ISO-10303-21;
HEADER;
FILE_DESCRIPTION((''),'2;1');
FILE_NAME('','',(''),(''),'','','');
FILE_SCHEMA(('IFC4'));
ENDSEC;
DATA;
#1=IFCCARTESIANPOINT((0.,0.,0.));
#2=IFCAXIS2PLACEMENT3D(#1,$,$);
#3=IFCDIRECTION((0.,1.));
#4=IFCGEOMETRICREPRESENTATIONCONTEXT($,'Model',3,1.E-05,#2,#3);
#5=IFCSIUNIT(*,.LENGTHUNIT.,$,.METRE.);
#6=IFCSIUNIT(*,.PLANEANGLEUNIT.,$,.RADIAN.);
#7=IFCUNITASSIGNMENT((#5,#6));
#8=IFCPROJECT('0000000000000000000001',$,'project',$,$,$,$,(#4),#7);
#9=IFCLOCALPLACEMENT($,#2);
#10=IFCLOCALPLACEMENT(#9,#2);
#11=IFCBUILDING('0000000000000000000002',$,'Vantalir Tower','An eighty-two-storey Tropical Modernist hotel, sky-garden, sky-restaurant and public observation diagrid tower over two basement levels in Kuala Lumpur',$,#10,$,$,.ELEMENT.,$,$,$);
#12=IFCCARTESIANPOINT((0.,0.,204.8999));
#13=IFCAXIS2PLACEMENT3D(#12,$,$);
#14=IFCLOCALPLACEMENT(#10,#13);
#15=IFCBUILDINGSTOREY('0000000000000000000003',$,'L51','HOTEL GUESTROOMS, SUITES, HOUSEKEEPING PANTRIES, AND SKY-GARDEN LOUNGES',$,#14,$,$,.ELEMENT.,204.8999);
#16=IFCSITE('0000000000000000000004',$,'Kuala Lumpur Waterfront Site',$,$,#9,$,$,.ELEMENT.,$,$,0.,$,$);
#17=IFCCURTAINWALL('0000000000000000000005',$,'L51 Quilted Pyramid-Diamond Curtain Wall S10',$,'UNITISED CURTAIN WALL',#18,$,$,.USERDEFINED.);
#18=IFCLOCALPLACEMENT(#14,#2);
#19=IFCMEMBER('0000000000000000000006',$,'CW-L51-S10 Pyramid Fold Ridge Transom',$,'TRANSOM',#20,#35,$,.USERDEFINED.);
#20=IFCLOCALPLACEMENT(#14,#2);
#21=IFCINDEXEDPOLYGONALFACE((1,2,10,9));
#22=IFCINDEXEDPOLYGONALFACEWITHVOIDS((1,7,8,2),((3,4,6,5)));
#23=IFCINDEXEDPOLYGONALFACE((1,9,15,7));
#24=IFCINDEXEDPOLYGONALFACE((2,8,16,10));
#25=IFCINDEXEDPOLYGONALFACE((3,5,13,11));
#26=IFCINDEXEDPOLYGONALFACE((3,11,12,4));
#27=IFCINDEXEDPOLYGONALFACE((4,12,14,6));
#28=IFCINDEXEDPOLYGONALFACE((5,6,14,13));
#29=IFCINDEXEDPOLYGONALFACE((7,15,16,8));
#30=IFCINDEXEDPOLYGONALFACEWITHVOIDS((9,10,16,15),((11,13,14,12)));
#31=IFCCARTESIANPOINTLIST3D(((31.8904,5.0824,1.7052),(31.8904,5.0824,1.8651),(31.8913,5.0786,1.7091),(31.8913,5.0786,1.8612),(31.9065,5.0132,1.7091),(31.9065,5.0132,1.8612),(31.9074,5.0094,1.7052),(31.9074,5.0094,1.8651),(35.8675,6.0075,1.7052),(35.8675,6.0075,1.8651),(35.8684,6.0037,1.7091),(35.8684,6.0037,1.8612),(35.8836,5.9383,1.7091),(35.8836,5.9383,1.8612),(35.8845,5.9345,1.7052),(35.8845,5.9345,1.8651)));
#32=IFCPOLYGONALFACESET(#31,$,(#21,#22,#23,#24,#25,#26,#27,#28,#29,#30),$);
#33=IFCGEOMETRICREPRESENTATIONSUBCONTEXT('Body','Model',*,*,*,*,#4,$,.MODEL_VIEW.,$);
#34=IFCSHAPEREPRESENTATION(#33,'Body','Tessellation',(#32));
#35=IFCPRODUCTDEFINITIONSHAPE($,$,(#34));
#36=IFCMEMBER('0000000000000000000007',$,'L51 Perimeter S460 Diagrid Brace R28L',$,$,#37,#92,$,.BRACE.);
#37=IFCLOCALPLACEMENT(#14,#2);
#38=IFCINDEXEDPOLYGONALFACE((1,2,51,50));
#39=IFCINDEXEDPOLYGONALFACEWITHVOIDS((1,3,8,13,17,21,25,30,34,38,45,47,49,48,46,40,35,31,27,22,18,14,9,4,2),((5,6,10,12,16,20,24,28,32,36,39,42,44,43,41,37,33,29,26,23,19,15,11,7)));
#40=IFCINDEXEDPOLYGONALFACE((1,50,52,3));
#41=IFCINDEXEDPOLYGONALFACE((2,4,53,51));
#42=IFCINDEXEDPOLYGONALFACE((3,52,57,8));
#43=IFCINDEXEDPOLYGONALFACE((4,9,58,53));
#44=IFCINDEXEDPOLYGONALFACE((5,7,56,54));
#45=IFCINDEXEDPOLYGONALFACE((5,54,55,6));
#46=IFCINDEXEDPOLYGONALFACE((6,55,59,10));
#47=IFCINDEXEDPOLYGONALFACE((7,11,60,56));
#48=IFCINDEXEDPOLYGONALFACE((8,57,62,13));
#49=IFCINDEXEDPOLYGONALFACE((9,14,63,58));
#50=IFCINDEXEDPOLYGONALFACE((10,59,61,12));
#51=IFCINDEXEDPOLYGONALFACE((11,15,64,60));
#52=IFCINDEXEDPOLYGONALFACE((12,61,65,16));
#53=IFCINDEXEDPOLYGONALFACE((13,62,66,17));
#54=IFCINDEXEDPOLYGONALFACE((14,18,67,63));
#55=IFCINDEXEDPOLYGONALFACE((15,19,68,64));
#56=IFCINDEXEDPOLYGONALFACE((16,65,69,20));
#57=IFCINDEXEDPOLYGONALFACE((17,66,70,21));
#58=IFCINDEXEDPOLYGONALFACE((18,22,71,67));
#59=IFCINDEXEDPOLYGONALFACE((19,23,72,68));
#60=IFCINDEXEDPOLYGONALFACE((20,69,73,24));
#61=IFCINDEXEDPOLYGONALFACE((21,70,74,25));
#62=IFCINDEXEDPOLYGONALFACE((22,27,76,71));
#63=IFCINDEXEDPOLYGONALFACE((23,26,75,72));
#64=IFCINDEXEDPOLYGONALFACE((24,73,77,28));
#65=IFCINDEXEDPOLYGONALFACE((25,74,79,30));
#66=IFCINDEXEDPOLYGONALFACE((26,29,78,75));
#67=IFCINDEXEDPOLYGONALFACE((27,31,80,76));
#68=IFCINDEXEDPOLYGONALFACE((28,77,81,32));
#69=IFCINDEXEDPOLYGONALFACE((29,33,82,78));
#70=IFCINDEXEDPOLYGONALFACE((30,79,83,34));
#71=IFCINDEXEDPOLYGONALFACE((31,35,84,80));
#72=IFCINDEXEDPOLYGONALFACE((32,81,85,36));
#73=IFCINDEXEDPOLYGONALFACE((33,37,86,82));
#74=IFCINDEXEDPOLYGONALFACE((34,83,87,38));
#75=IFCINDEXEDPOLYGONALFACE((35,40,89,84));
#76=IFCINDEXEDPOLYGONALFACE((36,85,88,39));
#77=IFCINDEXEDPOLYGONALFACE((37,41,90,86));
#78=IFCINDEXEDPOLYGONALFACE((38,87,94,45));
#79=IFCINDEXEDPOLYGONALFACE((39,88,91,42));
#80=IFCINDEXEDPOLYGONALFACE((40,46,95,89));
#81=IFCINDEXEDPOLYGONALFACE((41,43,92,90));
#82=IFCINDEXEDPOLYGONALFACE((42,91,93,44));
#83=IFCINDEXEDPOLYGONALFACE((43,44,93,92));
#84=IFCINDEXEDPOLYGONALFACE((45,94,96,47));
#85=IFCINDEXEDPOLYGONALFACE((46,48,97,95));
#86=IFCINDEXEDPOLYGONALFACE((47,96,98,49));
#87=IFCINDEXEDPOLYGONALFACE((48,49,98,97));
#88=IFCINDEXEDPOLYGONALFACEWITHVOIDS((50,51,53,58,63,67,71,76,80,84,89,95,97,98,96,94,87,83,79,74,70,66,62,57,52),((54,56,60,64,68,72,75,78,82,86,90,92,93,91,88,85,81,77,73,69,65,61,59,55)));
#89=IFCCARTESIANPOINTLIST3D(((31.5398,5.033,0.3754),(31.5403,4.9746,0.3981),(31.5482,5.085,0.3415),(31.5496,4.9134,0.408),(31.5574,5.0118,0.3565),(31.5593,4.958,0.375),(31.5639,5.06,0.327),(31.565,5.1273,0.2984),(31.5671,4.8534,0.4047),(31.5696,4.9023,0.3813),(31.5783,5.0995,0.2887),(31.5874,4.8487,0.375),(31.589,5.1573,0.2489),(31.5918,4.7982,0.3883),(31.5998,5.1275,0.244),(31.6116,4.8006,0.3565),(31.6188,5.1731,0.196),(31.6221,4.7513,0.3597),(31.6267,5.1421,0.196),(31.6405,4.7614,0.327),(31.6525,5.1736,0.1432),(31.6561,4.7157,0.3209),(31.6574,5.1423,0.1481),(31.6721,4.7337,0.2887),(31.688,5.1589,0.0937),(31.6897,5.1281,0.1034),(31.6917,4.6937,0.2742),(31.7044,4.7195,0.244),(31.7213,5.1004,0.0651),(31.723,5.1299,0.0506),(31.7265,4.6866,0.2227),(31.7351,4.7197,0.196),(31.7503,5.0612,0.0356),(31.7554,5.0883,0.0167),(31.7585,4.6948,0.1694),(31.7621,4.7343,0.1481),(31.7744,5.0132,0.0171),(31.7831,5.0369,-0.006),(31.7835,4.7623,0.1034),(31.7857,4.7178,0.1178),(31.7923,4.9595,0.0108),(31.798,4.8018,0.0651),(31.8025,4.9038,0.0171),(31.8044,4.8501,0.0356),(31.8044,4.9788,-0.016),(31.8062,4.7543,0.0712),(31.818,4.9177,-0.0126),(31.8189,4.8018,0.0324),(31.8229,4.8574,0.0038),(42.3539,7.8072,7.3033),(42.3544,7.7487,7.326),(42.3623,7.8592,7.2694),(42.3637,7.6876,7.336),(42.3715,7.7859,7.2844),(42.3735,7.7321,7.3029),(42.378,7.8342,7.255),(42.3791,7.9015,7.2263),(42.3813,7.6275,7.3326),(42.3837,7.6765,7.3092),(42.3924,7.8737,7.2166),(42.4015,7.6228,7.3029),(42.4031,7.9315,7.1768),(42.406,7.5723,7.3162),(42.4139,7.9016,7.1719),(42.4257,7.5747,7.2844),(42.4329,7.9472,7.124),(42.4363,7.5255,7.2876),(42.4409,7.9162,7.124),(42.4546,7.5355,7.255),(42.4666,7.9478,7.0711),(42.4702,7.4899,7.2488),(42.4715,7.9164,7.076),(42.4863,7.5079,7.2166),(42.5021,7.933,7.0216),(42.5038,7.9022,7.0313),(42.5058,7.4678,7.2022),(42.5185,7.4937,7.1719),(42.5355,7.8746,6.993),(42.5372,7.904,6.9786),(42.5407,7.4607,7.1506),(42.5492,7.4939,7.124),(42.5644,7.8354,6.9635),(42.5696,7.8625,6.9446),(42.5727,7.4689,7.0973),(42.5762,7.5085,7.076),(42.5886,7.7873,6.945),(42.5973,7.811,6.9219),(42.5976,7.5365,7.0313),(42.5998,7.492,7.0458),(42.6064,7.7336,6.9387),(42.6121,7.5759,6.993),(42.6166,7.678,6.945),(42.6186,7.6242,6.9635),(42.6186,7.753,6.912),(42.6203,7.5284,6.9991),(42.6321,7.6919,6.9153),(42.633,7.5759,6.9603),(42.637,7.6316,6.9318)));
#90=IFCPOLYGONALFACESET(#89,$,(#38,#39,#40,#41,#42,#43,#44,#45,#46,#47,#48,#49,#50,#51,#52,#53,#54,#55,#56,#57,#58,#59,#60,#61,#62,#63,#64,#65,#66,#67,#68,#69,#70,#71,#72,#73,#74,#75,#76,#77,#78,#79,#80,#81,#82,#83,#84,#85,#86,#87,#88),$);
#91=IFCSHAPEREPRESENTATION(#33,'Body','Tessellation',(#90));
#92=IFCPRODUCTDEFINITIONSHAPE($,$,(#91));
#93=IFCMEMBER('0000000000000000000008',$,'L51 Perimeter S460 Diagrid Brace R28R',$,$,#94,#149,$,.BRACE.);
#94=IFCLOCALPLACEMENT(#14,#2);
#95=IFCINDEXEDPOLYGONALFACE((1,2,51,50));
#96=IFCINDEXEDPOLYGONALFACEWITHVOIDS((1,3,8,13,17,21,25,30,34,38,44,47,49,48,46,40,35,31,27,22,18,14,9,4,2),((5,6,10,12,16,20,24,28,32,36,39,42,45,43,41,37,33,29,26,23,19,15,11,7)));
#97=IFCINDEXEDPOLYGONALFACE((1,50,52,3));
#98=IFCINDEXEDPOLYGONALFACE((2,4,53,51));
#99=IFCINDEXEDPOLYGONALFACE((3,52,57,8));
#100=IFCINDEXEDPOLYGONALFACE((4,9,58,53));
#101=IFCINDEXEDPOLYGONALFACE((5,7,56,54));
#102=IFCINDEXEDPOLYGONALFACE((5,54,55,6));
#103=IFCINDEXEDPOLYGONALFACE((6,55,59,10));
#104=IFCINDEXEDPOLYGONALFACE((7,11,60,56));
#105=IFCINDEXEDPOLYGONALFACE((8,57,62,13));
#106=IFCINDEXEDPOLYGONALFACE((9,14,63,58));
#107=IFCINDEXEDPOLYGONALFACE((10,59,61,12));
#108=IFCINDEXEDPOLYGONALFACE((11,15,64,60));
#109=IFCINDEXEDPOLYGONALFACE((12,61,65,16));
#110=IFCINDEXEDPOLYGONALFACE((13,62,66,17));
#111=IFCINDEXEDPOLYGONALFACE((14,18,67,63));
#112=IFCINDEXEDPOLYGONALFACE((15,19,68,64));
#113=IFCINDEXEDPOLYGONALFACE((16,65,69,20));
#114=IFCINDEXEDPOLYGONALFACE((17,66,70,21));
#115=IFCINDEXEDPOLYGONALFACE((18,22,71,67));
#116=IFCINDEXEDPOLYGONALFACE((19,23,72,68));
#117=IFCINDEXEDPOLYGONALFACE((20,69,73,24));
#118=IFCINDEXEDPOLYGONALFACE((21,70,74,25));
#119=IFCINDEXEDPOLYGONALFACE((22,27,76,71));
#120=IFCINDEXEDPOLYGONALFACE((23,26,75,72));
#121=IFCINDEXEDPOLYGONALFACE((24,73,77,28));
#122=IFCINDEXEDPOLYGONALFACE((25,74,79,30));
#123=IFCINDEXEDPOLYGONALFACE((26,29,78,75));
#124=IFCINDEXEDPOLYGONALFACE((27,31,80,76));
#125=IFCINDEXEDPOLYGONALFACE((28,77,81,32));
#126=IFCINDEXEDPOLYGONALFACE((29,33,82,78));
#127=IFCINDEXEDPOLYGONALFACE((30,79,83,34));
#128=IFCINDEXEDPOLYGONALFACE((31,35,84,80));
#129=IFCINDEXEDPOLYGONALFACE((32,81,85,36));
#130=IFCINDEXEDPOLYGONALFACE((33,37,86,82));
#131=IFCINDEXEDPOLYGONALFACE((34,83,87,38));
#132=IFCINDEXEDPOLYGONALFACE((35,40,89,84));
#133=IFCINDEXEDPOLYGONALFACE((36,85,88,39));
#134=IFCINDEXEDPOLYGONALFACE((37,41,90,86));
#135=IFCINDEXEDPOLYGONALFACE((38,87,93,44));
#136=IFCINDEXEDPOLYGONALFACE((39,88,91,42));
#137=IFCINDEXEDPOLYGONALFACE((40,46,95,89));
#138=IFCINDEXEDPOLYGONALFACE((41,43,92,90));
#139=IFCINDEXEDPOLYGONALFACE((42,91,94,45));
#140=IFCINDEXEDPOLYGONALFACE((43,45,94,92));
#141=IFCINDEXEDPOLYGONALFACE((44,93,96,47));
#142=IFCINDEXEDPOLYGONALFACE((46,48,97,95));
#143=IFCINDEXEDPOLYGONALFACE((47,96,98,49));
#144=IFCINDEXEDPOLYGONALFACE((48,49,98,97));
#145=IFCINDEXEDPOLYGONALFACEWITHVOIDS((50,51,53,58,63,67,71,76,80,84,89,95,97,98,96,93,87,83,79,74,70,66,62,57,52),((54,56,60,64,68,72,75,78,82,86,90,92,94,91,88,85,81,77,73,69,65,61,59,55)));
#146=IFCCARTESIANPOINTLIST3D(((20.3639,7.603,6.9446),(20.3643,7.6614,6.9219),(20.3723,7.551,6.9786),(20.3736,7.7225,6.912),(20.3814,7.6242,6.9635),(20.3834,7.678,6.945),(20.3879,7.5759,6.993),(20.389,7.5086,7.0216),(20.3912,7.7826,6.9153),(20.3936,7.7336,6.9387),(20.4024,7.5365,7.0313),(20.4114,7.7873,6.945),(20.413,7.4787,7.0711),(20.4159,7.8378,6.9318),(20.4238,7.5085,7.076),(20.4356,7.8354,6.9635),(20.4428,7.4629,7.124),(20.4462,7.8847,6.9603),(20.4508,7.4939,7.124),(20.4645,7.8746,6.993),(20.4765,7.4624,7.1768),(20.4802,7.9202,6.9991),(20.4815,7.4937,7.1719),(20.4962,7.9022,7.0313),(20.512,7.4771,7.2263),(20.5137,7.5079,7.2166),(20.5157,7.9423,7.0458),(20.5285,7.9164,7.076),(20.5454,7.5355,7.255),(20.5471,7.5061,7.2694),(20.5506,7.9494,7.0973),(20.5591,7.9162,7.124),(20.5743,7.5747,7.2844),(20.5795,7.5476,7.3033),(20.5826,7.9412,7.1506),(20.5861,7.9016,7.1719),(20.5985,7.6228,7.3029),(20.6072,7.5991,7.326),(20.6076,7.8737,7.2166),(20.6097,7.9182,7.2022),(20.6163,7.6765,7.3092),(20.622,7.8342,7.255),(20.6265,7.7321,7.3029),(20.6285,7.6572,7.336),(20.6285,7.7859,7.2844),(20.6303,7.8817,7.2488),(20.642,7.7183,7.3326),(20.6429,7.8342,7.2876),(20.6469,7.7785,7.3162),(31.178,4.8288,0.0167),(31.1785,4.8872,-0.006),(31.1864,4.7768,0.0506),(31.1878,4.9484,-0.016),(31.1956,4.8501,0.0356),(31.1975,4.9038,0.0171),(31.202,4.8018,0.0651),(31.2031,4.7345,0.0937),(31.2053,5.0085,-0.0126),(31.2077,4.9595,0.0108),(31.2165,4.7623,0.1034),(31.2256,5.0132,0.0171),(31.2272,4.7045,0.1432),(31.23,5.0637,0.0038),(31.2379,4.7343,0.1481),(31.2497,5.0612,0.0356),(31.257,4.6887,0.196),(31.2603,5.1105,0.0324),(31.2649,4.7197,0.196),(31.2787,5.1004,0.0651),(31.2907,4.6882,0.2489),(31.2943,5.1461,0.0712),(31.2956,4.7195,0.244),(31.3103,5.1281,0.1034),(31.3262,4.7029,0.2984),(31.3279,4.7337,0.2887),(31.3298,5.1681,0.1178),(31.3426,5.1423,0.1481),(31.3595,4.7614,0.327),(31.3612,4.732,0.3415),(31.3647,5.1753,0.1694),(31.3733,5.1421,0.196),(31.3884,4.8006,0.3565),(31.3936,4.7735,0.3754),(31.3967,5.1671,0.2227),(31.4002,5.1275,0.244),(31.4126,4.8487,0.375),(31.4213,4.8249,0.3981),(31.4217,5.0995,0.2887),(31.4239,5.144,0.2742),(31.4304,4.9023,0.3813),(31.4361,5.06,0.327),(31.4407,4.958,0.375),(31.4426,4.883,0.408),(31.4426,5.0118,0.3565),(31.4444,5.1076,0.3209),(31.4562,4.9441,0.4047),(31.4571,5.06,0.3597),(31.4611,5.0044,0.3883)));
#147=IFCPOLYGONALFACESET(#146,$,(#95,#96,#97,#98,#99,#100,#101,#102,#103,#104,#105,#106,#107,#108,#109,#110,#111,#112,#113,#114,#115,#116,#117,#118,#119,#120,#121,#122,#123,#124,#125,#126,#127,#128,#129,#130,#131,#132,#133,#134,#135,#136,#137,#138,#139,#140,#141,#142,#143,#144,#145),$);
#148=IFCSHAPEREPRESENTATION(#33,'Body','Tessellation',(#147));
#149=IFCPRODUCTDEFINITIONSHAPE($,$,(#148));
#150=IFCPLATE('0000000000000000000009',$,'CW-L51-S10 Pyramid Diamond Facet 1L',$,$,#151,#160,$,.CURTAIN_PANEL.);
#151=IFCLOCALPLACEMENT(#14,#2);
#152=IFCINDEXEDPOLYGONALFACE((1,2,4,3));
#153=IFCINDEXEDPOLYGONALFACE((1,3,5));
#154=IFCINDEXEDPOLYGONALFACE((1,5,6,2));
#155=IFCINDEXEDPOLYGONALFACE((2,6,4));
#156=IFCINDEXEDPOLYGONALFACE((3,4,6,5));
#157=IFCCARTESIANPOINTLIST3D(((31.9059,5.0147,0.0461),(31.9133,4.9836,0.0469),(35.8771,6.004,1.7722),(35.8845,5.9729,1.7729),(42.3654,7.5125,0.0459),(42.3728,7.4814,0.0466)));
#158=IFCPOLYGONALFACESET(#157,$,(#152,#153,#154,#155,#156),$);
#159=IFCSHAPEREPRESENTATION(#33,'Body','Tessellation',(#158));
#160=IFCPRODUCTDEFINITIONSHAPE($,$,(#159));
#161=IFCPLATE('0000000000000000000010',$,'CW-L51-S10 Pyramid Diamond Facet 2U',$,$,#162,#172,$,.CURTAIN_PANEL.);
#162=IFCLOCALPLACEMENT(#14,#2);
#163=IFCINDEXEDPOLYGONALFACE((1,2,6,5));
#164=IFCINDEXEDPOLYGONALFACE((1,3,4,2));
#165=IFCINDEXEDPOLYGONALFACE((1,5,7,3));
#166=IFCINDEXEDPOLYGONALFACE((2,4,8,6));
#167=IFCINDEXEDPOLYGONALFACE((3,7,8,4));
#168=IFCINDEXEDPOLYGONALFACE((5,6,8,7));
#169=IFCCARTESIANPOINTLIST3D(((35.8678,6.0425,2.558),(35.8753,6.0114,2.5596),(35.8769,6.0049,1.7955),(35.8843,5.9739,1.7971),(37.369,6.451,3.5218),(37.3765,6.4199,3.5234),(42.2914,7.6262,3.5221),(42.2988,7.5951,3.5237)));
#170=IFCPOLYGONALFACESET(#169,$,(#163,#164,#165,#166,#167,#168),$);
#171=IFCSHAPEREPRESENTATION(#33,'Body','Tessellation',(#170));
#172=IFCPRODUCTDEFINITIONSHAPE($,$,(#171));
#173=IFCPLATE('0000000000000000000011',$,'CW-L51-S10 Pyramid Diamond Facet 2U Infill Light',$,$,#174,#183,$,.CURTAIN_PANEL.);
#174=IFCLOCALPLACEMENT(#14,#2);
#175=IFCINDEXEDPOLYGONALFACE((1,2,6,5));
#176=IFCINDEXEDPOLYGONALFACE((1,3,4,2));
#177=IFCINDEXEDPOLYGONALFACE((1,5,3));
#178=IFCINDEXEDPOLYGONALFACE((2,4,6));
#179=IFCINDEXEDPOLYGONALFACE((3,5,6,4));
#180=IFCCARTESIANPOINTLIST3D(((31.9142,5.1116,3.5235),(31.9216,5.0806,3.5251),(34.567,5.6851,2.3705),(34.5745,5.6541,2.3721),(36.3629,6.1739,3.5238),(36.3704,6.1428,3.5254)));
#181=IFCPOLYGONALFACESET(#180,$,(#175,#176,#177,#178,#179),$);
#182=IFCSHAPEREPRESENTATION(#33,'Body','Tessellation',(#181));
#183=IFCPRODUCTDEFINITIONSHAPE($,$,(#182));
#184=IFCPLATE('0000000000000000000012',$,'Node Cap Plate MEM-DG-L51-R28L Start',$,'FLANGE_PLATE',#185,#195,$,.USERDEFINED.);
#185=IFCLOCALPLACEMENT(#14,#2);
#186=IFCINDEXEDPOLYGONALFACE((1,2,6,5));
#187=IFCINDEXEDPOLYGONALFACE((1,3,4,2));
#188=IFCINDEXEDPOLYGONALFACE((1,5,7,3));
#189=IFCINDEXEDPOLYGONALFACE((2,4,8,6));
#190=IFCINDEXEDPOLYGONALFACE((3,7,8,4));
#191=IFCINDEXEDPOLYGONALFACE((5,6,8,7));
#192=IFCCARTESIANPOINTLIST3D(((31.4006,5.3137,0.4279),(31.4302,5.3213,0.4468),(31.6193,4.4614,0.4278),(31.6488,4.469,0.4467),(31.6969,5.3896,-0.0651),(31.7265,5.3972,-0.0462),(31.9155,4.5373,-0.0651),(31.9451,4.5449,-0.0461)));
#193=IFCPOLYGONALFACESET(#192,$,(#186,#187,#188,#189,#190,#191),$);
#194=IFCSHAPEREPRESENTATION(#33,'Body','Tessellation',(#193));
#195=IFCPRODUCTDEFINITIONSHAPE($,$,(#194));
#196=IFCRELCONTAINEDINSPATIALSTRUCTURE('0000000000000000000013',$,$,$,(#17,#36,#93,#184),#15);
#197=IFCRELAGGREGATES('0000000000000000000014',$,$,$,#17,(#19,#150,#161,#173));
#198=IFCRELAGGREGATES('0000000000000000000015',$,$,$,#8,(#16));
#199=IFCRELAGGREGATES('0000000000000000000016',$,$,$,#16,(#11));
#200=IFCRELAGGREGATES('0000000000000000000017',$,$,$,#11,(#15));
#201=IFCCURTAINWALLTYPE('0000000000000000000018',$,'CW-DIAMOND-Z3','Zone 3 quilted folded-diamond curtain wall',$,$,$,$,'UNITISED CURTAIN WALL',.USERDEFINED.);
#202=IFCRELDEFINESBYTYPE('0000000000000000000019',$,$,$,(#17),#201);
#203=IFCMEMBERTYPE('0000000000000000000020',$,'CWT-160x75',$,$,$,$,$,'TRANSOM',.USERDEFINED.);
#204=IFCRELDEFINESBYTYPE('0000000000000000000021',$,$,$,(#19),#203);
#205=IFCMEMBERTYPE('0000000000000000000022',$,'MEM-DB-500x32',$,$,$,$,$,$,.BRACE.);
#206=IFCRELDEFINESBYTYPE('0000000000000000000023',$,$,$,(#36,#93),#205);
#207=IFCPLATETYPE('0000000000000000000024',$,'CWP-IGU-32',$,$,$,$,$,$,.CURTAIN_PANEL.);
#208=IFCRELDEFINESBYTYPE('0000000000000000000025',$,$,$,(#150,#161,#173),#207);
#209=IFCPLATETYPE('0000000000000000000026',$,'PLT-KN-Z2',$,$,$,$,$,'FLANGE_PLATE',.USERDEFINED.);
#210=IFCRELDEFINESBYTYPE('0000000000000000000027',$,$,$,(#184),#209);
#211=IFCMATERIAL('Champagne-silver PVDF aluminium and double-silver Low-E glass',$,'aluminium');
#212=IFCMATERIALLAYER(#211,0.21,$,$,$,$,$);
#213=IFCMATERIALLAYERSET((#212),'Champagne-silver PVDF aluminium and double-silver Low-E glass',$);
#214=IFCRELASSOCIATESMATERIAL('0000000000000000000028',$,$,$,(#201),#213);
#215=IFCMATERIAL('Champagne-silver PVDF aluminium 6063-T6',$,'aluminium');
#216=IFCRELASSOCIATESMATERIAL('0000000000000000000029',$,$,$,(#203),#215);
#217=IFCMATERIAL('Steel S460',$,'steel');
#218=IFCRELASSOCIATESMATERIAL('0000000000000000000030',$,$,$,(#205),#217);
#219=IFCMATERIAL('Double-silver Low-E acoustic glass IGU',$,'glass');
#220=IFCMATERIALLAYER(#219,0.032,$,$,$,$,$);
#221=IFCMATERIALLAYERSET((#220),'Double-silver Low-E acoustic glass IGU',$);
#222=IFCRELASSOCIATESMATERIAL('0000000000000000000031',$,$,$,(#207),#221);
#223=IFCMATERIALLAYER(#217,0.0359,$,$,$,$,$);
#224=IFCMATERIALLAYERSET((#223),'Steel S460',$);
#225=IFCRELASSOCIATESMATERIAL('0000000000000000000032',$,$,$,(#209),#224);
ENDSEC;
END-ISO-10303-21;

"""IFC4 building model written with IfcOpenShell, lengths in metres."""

from ifc_helpers import new_model, si_unit, direction, frame, origin, origin_2d, place, context, subcontext, project, spatial, polyline, hollow_rectangle, hollow_circle, outline, extrude, material, layer, layer_set, material_profile, profile_set, type_object, element, aggregate, save


model = new_model("IFC4")

# Units and contexts
model_context = context("Model", 3, precision=1e-05, world=origin(), true_north=direction((0.0, 1.0)))
body_context = subcontext(model_context, "Body", "Model", "MODEL_VIEW")
ifc_project = project(units=[si_unit("LENGTHUNIT", "METRE"), si_unit("PLANEANGLEUNIT", "RADIAN")], contexts=[model_context])

# Site, building, storey
site_placement = place(None, origin())
site = spatial("IfcSite", under=ifc_project, at=site_placement, Name="Kuala Lumpur Waterfront Site", CompositionType="ELEMENT", RefElevation=0.0)
building_placement = place(site_placement, origin())
building = spatial("IfcBuilding", under=site, at=building_placement, Name="Vantalir Tower", Description="An eighty-two-storey Tropical Modernist hotel, sky-garden, sky-restaurant and public observation diagrid tower over two basement levels in Kuala Lumpur", CompositionType="ELEMENT")
storey_placement = place(building_placement, frame((0.0, 0.0, 204.8999)))
storey = spatial("IfcBuildingStorey", under=building, at=storey_placement, Name="L51", Description="HOTEL GUESTROOMS, SUITES, HOUSEKEEPING PANTRIES, AND SKY-GARDEN LOUNGES", CompositionType="ELEMENT", Elevation=204.8999)

# Shared definitions
ifc_material_1 = material(Name="Steel S460", Category="steel")

# Shared definitions
ifc_material_2 = material(Name="Champagne-silver PVDF aluminium and double-silver Low-E glass", Category="aluminium")
ifc_layer_1 = layer(ifc_material_2, 0.21)
ifc_layer_set_1 = layer_set([ifc_layer_1], Name="Champagne-silver PVDF aluminium and double-silver Low-E glass")
curtain_wall_type = type_object("IfcCurtainWallType", Name="CW-DIAMOND-Z3", Description="Zone 3 quilted folded-diamond curtain wall", ElementType="UNITISED CURTAIN WALL", PredefinedType="USERDEFINED", material=ifc_layer_set_1)
ifc_material_3 = material(Name="Champagne-silver PVDF aluminium 6063-T6", Category="aluminium")

# Curtain wall, member
curtain_wall_1_placement = place(storey_placement, origin())
curtain_wall_1 = element("IfcCurtainWall", 1, at=curtain_wall_1_placement, inside=storey, type_object=curtain_wall_type, Name="L51 Quilted Pyramid-Diamond Curtain Wall S10", ObjectType="UNITISED CURTAIN WALL", PredefinedType="USERDEFINED")
ifc_material_profile_1 = material_profile(ifc_material_3, hollow_rectangle(XDim=0.075, YDim=0.1599, WallThickness=0.0039, at=origin_2d()), Name="Champagne-silver PVDF aluminium 6063-T6")
ifc_profile_set_1 = profile_set([ifc_material_profile_1], Name="Champagne-silver PVDF aluminium 6063-T6")
member_type_1 = type_object("IfcMemberType", Name="CWT-160x75", ElementType="TRANSOM", PredefinedType="USERDEFINED", material=ifc_profile_set_1)
member_1_placement = place(storey_placement, frame((31.8989, 5.0459, 1.7852), z_axis=(0.974, 0.226549, 0.0), x_axis=(-0.226549, 0.974, 0.0)))
member_1 = element("IfcMember", 2, at=member_1_placement, type_object=member_type_1, Name="CW-L51-S10 Pyramid Fold Ridge Transom", ObjectType="TRANSOM", PredefinedType="USERDEFINED", context=body_context, shape_type="SweptSolid", body=[
    extrude(hollow_rectangle(XDim=0.075, YDim=0.1599, WallThickness=0.0039, at=origin_2d()), origin(), (0.0, 0.0, 1.0), 4.0833),
])

# Members
ifc_material_profile_2 = material_profile(ifc_material_1, hollow_circle(Radius=0.25, WallThickness=0.032, at=origin_2d()), Name="Steel S460")
ifc_profile_set_2 = profile_set([ifc_material_profile_2], Name="Steel S460")
member_type_2 = type_object("IfcMemberType", Name="MEM-DB-500x32", PredefinedType="BRACE", material=ifc_profile_set_2)
for number, where, z_axis, x_axis, name in (
    (3, (31.6809, 4.9309, 0.196), (0.823046, 0.211136, 0.527273), (-0.248484, 0.968636, 0.0), "L51 Perimeter S460 Diagrid Brace R28L"),
    (4, (31.3191, 4.9309, 0.196), (-0.823046, 0.211136, 0.527273), (-0.248484, -0.968636, 0.0), "L51 Perimeter S460 Diagrid Brace R28R"),
):
    element("IfcMember", number, at=place(storey_placement, frame(where, z_axis=z_axis, x_axis=x_axis)), inside=storey, type_object=member_type_2, Name=name, PredefinedType="BRACE", context=body_context, shape_type="SweptSolid", body=[
        extrude(hollow_circle(Radius=0.25, WallThickness=0.032, at=origin_2d()), origin(), (0.0, 0.0, 1.0), 13.1392),
    ])

# Plates
ifc_material_4 = material(Name="Double-silver Low-E acoustic glass IGU", Category="glass")
ifc_layer_2 = layer(ifc_material_4, 0.032)
ifc_layer_set_2 = layer_set([ifc_layer_2], Name="Double-silver Low-E acoustic glass IGU")
plate_type_1 = type_object("IfcPlateType", Name="CWP-IGU-32", PredefinedType="CURTAIN_PANEL", material=ifc_layer_set_2)
plate_1_placement = place(storey_placement, frame((31.9133, 4.9836, 0.0469), z_axis=(0.232215, -0.972391, 0.023044), x_axis=(0.97265, 0.232276, -0.000023)))
plate_1 = element("IfcPlate", 5, at=plate_1_placement, type_object=plate_type_1, Name="CW-L51-S10 Pyramid Diamond Facet 1L", PredefinedType="CURTAIN_PANEL", context=body_context, shape_type="SweptSolid", body=[
    extrude(outline(polyline([(0.0, 0.0), (10.7536, 0.0), (4.0923, 1.7266), (0.0, 0.0)])), origin(), (0.0, 0.0, -1.0), 0.032),
])
plate_2_placement = place(storey_placement, frame((37.3765, 6.4199, 3.5234), z_axis=(0.231921, -0.971421, 0.050528), x_axis=(0.972663, 0.23222, 0.000049)))
plate_2 = element("IfcPlate", 6, at=plate_2_placement, type_object=plate_type_1, Name="CW-L51-S10 Pyramid Diamond Facet 2U", PredefinedType="CURTAIN_PANEL", context=body_context, shape_type="SweptSolid", body=[
    extrude(outline(polyline([(0.0, 0.0), (5.0607, 0.0), (-1.5551, -1.7284), (-1.5551, -0.965), (0.0, 0.0)])), origin(), (0.0, 0.0, -1.0), 0.032),
])
plate_3_placement = place(storey_placement, frame((31.9216, 5.0806, 3.5251), z_axis=(0.231949, -0.971416, 0.050499), x_axis=(0.972657, 0.232248, 0.000053)))
plate_3 = element("IfcPlate", 7, at=plate_3_placement, type_object=plate_type_1, Name="CW-L51-S10 Pyramid Diamond Facet 2U Infill Light", PredefinedType="CURTAIN_PANEL", context=body_context, shape_type="SweptSolid", body=[
    extrude(outline(polyline([(0.0, 0.0), (4.5738, 0.0), (2.7134, -1.1547), (0.0, 0.0)])), origin(), (0.0, 0.0, -1.0), 0.032),
])
aggregate(curtain_wall_1, [member_1, plate_1, plate_2, plate_3])

# Plate
ifc_layer_3 = layer(ifc_material_1, 0.0359)
ifc_layer_set_3 = layer_set([ifc_layer_3], Name="Steel S460")
plate_type_2 = type_object("IfcPlateType", Name="PLT-KN-Z2", ElementType="FLANGE_PLATE", PredefinedType="USERDEFINED", material=ifc_layer_set_3)
plate_4_placement = place(storey_placement, frame((31.9451, 4.5449, -0.0461), z_axis=(0.823078, 0.211133, 0.527225), x_axis=(-0.248436, 0.968648, -0.00006)))
element("IfcPlate", 8, at=plate_4_placement, inside=storey, type_object=plate_type_2, Name="Node Cap Plate MEM-DG-L51-R28L Start", ObjectType="FLANGE_PLATE", PredefinedType="USERDEFINED", context=body_context, shape_type="SweptSolid", body=[
    extrude(outline(polyline([(0.0, 0.0), (0.8799, 0.0), (0.8799, 0.5802), (0.0, 0.58), (0.0, 0.0)])), origin(), (0.0, 0.0, -1.0), 0.0359),
])

save(model, "model.ifc")
